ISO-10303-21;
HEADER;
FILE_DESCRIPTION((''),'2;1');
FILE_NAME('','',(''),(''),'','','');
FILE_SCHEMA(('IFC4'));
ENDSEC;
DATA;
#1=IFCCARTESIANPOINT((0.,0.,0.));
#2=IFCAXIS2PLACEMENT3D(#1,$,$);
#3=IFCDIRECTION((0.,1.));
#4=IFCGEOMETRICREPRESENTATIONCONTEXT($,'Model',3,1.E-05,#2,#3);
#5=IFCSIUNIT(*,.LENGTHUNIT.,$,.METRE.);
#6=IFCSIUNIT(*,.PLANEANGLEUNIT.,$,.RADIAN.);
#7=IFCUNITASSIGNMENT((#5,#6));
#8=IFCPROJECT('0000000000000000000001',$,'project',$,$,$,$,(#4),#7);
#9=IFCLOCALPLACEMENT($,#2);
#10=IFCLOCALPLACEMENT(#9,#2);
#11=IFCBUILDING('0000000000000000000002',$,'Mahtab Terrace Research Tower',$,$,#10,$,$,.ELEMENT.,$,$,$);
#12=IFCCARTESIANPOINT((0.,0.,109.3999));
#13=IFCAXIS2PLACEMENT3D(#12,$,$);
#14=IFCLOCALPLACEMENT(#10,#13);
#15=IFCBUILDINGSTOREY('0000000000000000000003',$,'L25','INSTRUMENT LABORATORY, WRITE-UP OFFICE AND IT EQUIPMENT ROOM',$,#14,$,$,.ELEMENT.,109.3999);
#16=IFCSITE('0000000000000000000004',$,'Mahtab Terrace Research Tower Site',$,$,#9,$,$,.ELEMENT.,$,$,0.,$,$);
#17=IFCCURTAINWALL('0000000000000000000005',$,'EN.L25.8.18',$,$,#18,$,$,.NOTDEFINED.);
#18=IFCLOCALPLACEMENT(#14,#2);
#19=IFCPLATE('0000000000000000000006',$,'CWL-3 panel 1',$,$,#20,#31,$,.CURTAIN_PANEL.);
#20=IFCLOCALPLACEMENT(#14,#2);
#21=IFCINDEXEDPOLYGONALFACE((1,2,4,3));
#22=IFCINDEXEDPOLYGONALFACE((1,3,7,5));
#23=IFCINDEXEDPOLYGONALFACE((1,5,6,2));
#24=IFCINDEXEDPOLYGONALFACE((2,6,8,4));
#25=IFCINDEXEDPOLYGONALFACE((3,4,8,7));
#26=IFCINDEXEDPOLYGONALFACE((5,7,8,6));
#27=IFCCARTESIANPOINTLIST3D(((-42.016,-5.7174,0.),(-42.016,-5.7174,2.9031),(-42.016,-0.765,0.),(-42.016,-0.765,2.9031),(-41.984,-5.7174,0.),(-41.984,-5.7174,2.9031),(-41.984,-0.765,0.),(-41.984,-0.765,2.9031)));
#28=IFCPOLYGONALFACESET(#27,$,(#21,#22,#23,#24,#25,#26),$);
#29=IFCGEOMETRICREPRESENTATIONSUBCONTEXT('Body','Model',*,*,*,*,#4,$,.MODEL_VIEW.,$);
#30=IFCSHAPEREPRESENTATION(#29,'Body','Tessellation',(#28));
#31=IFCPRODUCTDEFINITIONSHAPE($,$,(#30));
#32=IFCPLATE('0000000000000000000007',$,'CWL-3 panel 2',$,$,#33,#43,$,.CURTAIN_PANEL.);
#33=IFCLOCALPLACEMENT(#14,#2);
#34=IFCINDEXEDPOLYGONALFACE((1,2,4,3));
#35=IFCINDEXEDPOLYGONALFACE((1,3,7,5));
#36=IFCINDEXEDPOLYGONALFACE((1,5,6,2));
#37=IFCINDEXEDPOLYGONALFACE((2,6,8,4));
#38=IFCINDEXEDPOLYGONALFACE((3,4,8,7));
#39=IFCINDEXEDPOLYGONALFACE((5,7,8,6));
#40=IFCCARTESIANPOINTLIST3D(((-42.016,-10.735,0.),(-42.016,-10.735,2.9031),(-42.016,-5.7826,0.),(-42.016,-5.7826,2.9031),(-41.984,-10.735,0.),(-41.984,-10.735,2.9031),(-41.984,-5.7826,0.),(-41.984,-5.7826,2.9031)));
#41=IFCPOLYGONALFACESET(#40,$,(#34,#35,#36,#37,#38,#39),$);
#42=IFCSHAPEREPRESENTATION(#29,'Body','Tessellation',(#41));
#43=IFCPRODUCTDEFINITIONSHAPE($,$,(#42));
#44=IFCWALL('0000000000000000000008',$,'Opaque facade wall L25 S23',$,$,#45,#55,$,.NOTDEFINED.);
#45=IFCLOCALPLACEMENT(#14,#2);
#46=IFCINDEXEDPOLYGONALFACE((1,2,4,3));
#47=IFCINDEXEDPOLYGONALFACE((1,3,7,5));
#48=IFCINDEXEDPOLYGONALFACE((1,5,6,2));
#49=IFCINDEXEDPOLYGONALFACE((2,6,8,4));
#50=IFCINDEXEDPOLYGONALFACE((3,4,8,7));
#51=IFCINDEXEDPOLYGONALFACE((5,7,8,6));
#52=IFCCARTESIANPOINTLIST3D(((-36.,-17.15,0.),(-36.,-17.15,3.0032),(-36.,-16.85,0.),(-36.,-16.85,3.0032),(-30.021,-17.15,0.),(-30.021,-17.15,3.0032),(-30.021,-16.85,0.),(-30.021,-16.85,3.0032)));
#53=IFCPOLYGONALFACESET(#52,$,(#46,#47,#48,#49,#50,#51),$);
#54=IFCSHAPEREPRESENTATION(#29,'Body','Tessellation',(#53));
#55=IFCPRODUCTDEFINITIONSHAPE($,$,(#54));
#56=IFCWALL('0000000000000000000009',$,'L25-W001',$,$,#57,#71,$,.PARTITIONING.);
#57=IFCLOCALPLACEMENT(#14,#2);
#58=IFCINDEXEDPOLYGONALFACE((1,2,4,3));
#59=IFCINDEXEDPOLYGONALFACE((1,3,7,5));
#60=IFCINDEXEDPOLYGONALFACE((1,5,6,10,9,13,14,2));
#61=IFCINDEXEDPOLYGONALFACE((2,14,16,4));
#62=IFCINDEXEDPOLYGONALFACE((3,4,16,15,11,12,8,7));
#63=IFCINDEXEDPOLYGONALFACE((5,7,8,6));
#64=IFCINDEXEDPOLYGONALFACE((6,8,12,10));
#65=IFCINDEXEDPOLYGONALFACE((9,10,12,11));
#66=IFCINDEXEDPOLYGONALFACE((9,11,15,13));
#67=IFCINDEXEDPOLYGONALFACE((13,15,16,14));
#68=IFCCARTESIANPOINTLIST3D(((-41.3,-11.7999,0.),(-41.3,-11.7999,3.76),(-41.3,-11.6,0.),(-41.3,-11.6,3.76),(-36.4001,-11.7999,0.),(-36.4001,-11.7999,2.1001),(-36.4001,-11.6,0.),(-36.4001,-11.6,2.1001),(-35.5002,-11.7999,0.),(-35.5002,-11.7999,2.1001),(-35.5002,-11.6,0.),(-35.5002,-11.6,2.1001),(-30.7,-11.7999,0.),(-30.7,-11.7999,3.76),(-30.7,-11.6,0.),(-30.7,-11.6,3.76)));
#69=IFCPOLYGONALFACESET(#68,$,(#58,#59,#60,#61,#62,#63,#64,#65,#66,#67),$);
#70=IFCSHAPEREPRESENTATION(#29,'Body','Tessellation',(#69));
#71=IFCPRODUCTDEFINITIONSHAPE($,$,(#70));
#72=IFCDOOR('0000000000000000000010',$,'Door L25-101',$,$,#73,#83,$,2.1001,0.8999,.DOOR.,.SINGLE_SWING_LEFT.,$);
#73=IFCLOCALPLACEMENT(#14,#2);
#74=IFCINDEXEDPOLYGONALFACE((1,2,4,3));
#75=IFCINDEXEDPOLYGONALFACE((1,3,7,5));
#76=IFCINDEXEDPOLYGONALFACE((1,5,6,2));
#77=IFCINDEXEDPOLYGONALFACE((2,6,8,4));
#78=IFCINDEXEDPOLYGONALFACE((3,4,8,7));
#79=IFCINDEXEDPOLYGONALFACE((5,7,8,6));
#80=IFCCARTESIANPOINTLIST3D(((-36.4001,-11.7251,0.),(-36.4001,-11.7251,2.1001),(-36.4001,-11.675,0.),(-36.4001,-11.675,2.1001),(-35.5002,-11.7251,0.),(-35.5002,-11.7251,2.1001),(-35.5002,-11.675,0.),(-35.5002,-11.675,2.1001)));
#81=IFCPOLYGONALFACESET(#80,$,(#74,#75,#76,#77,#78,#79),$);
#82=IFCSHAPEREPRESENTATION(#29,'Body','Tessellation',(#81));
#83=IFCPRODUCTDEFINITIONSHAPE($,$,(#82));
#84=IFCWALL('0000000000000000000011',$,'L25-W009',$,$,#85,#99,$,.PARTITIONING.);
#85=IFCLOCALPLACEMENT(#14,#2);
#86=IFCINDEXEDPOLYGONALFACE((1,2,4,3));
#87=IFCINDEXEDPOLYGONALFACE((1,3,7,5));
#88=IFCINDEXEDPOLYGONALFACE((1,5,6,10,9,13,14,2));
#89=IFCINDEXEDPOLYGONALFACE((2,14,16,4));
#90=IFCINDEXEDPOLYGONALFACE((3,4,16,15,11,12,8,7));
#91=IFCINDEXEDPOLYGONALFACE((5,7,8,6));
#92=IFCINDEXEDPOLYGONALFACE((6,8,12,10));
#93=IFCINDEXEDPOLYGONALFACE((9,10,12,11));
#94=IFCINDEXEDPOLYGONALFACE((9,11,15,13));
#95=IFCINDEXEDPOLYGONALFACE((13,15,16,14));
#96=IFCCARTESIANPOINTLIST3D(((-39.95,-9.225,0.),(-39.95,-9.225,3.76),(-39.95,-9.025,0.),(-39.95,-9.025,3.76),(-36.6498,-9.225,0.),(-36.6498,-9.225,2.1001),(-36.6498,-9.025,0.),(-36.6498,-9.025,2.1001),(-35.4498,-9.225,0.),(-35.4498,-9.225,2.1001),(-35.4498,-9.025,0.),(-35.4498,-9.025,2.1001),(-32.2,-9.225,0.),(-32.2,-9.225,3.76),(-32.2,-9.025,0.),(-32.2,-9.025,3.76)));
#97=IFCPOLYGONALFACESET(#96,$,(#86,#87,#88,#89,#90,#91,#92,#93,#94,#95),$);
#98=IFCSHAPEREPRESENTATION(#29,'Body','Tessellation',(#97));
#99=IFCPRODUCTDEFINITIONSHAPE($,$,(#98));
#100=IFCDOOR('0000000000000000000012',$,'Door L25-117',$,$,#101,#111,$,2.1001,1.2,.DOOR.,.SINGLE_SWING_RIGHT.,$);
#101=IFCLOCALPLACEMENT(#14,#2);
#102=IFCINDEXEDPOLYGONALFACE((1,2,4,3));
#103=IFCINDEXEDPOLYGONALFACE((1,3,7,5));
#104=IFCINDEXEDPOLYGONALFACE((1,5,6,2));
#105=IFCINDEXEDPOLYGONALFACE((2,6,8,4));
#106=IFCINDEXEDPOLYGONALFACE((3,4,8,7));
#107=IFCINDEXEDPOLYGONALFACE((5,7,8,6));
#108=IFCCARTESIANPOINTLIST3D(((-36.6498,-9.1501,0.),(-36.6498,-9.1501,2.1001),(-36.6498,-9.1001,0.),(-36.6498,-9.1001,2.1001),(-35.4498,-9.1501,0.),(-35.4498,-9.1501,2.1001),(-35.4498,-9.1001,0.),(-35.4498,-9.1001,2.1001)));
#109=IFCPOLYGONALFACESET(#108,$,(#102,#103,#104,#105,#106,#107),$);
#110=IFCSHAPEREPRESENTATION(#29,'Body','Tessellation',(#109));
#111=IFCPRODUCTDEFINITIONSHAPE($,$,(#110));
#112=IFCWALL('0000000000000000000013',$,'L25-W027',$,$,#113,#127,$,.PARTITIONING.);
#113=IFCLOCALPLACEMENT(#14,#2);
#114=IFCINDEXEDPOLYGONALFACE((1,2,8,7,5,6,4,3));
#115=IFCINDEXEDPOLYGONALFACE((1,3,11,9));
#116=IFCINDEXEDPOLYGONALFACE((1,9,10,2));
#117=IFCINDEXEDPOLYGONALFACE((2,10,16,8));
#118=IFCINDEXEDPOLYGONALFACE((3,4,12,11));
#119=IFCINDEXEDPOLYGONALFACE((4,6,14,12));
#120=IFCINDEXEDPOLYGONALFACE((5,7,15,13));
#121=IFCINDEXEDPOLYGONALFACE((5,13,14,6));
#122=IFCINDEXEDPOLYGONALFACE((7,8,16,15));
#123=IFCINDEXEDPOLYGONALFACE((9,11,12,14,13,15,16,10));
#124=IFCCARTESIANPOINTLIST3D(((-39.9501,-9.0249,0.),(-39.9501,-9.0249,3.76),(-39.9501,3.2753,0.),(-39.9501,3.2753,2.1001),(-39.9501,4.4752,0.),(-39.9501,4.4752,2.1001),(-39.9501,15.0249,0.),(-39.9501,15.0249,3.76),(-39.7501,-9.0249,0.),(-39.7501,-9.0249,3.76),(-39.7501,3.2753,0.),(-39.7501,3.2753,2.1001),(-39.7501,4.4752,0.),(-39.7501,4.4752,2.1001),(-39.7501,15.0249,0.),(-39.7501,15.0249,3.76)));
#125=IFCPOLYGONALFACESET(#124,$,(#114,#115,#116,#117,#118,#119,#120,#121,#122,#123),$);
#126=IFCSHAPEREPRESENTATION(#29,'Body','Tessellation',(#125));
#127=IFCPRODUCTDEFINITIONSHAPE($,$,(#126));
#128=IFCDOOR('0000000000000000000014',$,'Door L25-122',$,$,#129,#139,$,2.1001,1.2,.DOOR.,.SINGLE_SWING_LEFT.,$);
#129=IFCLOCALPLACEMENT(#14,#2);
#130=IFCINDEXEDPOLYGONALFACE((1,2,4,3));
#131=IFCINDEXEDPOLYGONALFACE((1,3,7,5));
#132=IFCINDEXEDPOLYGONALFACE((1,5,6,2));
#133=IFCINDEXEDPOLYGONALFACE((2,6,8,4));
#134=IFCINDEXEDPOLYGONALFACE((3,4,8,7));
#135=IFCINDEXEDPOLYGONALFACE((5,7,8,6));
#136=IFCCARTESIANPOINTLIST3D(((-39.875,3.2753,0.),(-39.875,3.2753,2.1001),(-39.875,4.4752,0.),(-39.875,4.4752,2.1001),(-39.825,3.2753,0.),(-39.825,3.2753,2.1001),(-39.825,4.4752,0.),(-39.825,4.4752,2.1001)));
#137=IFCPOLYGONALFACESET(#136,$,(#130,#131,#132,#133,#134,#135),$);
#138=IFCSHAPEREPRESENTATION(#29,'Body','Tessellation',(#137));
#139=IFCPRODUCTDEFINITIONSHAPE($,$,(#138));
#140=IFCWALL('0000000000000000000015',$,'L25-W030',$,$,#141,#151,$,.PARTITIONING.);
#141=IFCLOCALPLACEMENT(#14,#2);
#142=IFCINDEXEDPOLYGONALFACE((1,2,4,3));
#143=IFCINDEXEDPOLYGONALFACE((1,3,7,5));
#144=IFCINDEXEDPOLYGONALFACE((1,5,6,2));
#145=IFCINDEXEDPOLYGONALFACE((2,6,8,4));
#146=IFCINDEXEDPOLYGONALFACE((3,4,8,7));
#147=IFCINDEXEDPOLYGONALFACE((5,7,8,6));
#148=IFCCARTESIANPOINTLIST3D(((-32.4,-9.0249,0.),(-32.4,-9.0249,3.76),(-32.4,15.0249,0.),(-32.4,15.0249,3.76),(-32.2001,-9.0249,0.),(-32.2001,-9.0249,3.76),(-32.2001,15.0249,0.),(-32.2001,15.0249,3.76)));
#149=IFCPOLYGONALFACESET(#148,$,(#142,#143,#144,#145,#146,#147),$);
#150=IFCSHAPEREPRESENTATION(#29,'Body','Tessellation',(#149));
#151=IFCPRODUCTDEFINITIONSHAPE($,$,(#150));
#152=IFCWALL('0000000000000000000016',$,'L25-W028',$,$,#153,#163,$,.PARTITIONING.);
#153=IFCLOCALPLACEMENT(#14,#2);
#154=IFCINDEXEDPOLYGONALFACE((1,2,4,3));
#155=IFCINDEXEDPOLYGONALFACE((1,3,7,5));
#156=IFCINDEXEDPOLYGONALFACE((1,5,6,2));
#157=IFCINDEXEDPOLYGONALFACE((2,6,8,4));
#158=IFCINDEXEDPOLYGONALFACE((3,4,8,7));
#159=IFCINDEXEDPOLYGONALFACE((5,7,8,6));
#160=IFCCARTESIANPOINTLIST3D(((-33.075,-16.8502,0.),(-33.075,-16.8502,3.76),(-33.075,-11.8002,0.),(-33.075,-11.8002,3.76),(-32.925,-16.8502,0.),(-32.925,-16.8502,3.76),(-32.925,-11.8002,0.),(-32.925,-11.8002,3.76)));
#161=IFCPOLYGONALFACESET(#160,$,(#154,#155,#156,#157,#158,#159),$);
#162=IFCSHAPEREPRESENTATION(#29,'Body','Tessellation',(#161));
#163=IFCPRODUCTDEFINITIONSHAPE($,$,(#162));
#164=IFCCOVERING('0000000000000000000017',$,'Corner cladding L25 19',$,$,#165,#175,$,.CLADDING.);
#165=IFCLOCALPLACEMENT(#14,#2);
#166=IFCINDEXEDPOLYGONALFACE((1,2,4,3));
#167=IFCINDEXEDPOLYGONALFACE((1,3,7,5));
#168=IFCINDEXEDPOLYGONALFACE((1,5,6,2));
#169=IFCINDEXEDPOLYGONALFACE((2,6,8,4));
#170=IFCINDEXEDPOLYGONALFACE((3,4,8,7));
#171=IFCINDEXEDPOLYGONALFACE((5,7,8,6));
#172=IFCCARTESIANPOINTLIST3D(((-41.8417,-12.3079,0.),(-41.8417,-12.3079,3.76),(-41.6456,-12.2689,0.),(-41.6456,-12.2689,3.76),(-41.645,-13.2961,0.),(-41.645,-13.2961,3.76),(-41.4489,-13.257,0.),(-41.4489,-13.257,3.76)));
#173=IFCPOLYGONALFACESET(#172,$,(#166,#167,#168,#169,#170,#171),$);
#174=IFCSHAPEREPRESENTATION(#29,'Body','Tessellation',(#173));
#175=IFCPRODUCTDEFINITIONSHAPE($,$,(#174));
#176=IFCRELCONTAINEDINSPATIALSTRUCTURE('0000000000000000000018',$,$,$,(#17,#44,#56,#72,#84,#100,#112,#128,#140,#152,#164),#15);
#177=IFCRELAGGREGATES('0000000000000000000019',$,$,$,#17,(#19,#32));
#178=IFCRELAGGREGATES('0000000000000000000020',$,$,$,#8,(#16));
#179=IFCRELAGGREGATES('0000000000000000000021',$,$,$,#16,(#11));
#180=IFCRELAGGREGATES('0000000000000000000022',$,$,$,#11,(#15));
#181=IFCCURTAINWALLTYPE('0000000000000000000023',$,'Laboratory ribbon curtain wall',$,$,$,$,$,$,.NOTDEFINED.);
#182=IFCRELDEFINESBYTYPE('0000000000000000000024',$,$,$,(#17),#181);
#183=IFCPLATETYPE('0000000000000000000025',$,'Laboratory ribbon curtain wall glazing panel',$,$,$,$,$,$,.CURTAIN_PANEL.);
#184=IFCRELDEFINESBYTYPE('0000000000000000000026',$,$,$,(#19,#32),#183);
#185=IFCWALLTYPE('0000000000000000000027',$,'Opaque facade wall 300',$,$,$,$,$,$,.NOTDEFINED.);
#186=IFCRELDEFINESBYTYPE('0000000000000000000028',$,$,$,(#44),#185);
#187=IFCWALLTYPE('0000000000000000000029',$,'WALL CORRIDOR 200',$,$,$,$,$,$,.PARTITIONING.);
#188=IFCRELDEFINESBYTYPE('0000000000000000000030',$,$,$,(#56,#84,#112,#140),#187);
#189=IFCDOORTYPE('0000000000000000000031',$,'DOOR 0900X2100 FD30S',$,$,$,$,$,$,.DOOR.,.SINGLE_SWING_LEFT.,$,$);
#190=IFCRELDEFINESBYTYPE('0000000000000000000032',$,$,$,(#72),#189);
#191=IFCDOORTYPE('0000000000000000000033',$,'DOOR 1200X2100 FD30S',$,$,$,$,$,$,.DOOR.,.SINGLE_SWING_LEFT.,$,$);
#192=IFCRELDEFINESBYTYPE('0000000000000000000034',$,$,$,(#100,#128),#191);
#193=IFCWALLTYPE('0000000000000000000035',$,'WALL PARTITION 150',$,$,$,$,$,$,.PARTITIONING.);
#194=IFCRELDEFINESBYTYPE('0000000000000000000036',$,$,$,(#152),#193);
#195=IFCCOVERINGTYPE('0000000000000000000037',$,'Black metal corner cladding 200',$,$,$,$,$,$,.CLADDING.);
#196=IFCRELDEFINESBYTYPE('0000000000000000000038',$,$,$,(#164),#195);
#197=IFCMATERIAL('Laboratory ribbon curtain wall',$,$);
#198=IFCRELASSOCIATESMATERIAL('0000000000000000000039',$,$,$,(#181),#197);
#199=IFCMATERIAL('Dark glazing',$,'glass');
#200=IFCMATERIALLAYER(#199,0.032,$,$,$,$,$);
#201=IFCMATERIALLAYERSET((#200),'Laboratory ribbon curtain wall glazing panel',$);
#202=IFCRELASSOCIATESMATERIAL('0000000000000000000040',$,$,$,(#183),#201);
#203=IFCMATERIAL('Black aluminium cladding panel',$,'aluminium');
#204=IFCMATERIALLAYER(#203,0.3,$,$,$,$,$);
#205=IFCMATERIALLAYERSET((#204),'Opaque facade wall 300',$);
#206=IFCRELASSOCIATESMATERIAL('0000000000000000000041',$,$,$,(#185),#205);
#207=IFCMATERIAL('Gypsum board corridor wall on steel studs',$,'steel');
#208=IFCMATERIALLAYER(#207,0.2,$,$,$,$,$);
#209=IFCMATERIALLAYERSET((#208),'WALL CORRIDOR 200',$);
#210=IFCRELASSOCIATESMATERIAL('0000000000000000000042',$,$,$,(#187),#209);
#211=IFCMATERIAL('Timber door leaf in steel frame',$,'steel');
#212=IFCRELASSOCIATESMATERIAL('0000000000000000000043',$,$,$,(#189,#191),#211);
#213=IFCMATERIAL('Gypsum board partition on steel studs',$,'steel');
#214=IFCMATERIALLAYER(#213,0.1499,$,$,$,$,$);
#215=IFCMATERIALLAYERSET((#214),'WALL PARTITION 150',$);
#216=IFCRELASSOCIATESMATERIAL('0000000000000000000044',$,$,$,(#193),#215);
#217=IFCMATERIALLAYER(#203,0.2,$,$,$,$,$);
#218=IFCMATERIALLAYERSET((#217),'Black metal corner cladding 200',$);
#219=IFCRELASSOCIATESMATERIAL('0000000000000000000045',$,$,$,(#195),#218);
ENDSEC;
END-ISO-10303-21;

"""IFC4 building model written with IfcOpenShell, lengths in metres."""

from ifc_helpers import new_model, si_unit, direction, frame, frame_2d, origin, origin_2d, place, context, subcontext, project, spatial, rectangle, extrude, material, layer, layer_set, type_object, element, fill, aggregate, save


model = new_model("IFC4")

# Units and contexts
model_context = context("Model", 3, precision=1e-05, world=origin(), true_north=direction((0.0, 1.0)))
body_context = subcontext(model_context, "Body", "Model", "MODEL_VIEW")
ifc_project = project(units=[si_unit("LENGTHUNIT", "METRE"), si_unit("PLANEANGLEUNIT", "RADIAN")], contexts=[model_context])

# Site, building, storey
site_placement = place(None, origin())
site = spatial("IfcSite", under=ifc_project, at=site_placement, Name="Mahtab Terrace Research Tower Site", CompositionType="ELEMENT", RefElevation=0.0)
building_placement = place(site_placement, origin())
building = spatial("IfcBuilding", under=site, at=building_placement, Name="Mahtab Terrace Research Tower", CompositionType="ELEMENT")
storey_placement = place(building_placement, frame((0.0, 0.0, 109.3999)))
storey = spatial("IfcBuildingStorey", under=building, at=storey_placement, Name="L25", Description="INSTRUMENT LABORATORY, WRITE-UP OFFICE AND IT EQUIPMENT ROOM", CompositionType="ELEMENT", Elevation=109.3999)

# Curtain wall
ifc_material_1 = material(Name="Laboratory ribbon curtain wall")
curtain_wall_type = type_object("IfcCurtainWallType", Name="Laboratory ribbon curtain wall", PredefinedType="NOTDEFINED", material=ifc_material_1)
curtain_wall_placement = place(storey_placement, origin())
curtain_wall = element("IfcCurtainWall", 1, at=curtain_wall_placement, inside=storey, type_object=curtain_wall_type, Name="EN.L25.8.18", PredefinedType="NOTDEFINED")

# Plates
ifc_material_2 = material(Name="Dark glazing", Category="glass")
ifc_layer_1 = layer(ifc_material_2, 0.032)
ifc_layer_set_1 = layer_set([ifc_layer_1], Name="Laboratory ribbon curtain wall glazing panel")
plate_type = type_object("IfcPlateType", Name="Laboratory ribbon curtain wall glazing panel", PredefinedType="CURTAIN_PANEL", material=ifc_layer_set_1)
plate_1_placement = place(storey_placement, frame((-42.0, -3.2412, 0.0), z_axis=(0.0, 0.0, 1.0), x_axis=(0.0, -1.0, 0.0)))
plate_1 = element("IfcPlate", 2, at=plate_1_placement, type_object=plate_type, Name="CWL-3 panel 1", PredefinedType="CURTAIN_PANEL", context=body_context, shape_type="SweptSolid", body=[
    extrude(rectangle(XDim=4.9524, YDim=0.032, at=origin_2d()), origin(), (0.0, 0.0, 1.0), 2.9031),
])
plate_2_placement = place(storey_placement, frame((-42.0, -8.2588, 0.0), z_axis=(0.0, 0.0, 1.0), x_axis=(0.0, -1.0, 0.0)))
plate_2 = element("IfcPlate", 3, at=plate_2_placement, type_object=plate_type, Name="CWL-3 panel 2", PredefinedType="CURTAIN_PANEL", context=body_context, shape_type="SweptSolid", body=[
    extrude(rectangle(XDim=4.9524, YDim=0.032, at=origin_2d()), origin(), (0.0, 0.0, 1.0), 2.9031),
])
aggregate(curtain_wall, [plate_1, plate_2])

# Wall
ifc_material_3 = material(Name="Black aluminium cladding panel", Category="aluminium")
ifc_layer_2 = layer(ifc_material_3, 0.3)
ifc_layer_set_2 = layer_set([ifc_layer_2], Name="Opaque facade wall 300")
wall_type_1 = type_object("IfcWallType", Name="Opaque facade wall 300", PredefinedType="NOTDEFINED", material=ifc_layer_set_2)
wall_1_placement = place(storey_placement, frame((-36.0, -17.0, 0.0), z_axis=(0.0, 0.0, 1.0), x_axis=(1.0, 0.0, 0.0)))
element("IfcWall", 4, at=wall_1_placement, inside=storey, type_object=wall_type_1, Name="Opaque facade wall L25 S23", PredefinedType="NOTDEFINED", context=body_context, shape_type="SweptSolid", body=[
    extrude(rectangle(XDim=5.979, YDim=0.3, at=frame_2d((2.9895, 0.0))), origin(), (0.0, 0.0, 1.0), 3.0032),
])

# Walls, openings, doors
ifc_material_4 = material(Name="Gypsum board corridor wall on steel studs", Category="steel")
ifc_layer_3 = layer(ifc_material_4, 0.2)
ifc_layer_set_3 = layer_set([ifc_layer_3], Name="WALL CORRIDOR 200")
wall_type_2 = type_object("IfcWallType", Name="WALL CORRIDOR 200", PredefinedType="PARTITIONING", material=ifc_layer_set_3)
wall_2_placement = place(storey_placement, frame((-41.3, -11.7, 0.0), z_axis=(0.0, 0.0, 1.0), x_axis=(1.0, 0.0, 0.0)))
wall_2 = element("IfcWall", 5, at=wall_2_placement, inside=storey, type_object=wall_type_2, Name="L25-W001", PredefinedType="PARTITIONING", context=body_context, shape_type="SweptSolid", body=[
    extrude(rectangle(XDim=10.6001, YDim=0.2, at=frame_2d((5.3, 0.0))), origin(), (0.0, 0.0, 1.0), 3.76),
])
opening_1_placement = place(wall_2_placement, frame((4.8999, 0.0, 0.0)))
opening_1 = element("IfcOpeningElement", 6, at=opening_1_placement, cuts=wall_2, PredefinedType="OPENING", context=body_context, shape_type="SweptSolid", body=[
    extrude(rectangle(XDim=0.8999, YDim=2.1001, at=frame_2d((0.45, 1.05))), frame((0.0, 0.1099, 0.0), z_axis=(0.0, -1.0, 0.0), x_axis=(1.0, 0.0, 0.0)), (0.0, 0.0, 1.0), 0.22),
])
ifc_material_5 = material(Name="Timber door leaf in steel frame", Category="steel")
door_type_1 = type_object("IfcDoorType", Name="DOOR 0900X2100 FD30S", OperationType="SINGLE_SWING_LEFT", PredefinedType="DOOR", material=ifc_material_5)
door_1_placement = place(opening_1_placement, origin())
door_1 = element("IfcDoor", 7, at=door_1_placement, inside=storey, type_object=door_type_1, Name="Door L25-101", OperationType="SINGLE_SWING_LEFT", OverallHeight=2.1001, OverallWidth=0.8999, PredefinedType="DOOR", context=body_context, shape_type="SweptSolid", body=[
    extrude(rectangle(XDim=0.8999, YDim=2.1001, at=frame_2d((0.45, 1.05))), frame((0.0, 0.0249, 0.0), z_axis=(0.0, -1.0, 0.0), x_axis=(1.0, 0.0, 0.0)), (0.0, 0.0, 1.0), 0.05),
])
fill(opening_1, door_1)
wall_3_placement = place(storey_placement, frame((-39.95, -9.125, 0.0), z_axis=(0.0, 0.0, 1.0), x_axis=(1.0, 0.0, 0.0)))
wall_3 = element("IfcWall", 8, at=wall_3_placement, inside=storey, type_object=wall_type_2, Name="L25-W009", PredefinedType="PARTITIONING", context=body_context, shape_type="SweptSolid", body=[
    extrude(rectangle(XDim=7.75, YDim=0.2, at=frame_2d((3.875, 0.0))), origin(), (0.0, 0.0, 1.0), 3.76),
])
opening_2_placement = place(wall_3_placement, frame((3.3, 0.0, 0.0)))
opening_2 = element("IfcOpeningElement", 9, at=opening_2_placement, cuts=wall_3, PredefinedType="OPENING", context=body_context, shape_type="SweptSolid", body=[
    extrude(rectangle(XDim=1.2, YDim=2.1001, at=frame_2d((0.6001, 1.05))), frame((0.0, 0.1099, 0.0), z_axis=(0.0, -1.0, 0.0), x_axis=(1.0, 0.0, 0.0)), (0.0, 0.0, 1.0), 0.22),
])
door_type_2 = type_object("IfcDoorType", Name="DOOR 1200X2100 FD30S", OperationType="SINGLE_SWING_LEFT", PredefinedType="DOOR", material=ifc_material_5)
door_2_placement = place(opening_2_placement, origin())
door_2 = element("IfcDoor", 10, at=door_2_placement, inside=storey, type_object=door_type_2, Name="Door L25-117", OperationType="SINGLE_SWING_RIGHT", OverallHeight=2.1001, OverallWidth=1.2, PredefinedType="DOOR", context=body_context, shape_type="SweptSolid", body=[
    extrude(rectangle(XDim=1.2, YDim=2.1001, at=frame_2d((0.6001, 1.05))), frame((0.0, 0.0249, 0.0), z_axis=(0.0, -1.0, 0.0), x_axis=(1.0, 0.0, 0.0)), (0.0, 0.0, 1.0), 0.05),
])
fill(opening_2, door_2)
wall_4_placement = place(storey_placement, frame((-39.8501, -9.0249, 0.0), z_axis=(0.0, 0.0, 1.0), x_axis=(0.0, 1.0, 0.0)))
wall_4 = element("IfcWall", 11, at=wall_4_placement, inside=storey, type_object=wall_type_2, Name="L25-W027", PredefinedType="PARTITIONING", context=body_context, shape_type="SweptSolid", body=[
    extrude(rectangle(XDim=24.0498, YDim=0.2, at=frame_2d((12.0249, 0.0))), origin(), (0.0, 0.0, 1.0), 3.76),
])
opening_3_placement = place(wall_4_placement, frame((12.3, 0.0, 0.0)))
opening_3 = element("IfcOpeningElement", 12, at=opening_3_placement, cuts=wall_4, PredefinedType="OPENING", context=body_context, shape_type="SweptSolid", body=[
    extrude(rectangle(XDim=1.2, YDim=2.1001, at=frame_2d((0.6001, 1.05))), frame((0.0, 0.1099, 0.0), z_axis=(0.0, -1.0, 0.0), x_axis=(1.0, 0.0, 0.0)), (0.0, 0.0, 1.0), 0.22),
])
door_3_placement = place(opening_3_placement, origin())
door_3 = element("IfcDoor", 13, at=door_3_placement, inside=storey, type_object=door_type_2, Name="Door L25-122", OperationType="SINGLE_SWING_LEFT", OverallHeight=2.1001, OverallWidth=1.2, PredefinedType="DOOR", context=body_context, shape_type="SweptSolid", body=[
    extrude(rectangle(XDim=1.2, YDim=2.1001, at=frame_2d((0.6001, 1.05))), frame((0.0, 0.0249, 0.0), z_axis=(0.0, -1.0, 0.0), x_axis=(1.0, 0.0, 0.0)), (0.0, 0.0, 1.0), 0.05),
])
fill(opening_3, door_3)

# Walls
wall_5_placement = place(storey_placement, frame((-32.3, -9.0249, 0.0), z_axis=(0.0, 0.0, 1.0), x_axis=(0.0, 1.0, 0.0)))
element("IfcWall", 14, at=wall_5_placement, inside=storey, type_object=wall_type_2, Name="L25-W030", PredefinedType="PARTITIONING", context=body_context, shape_type="SweptSolid", body=[
    extrude(rectangle(XDim=24.0498, YDim=0.2, at=frame_2d((12.0249, 0.0))), origin(), (0.0, 0.0, 1.0), 3.76),
])
ifc_material_6 = material(Name="Gypsum board partition on steel studs", Category="steel")
ifc_layer_4 = layer(ifc_material_6, 0.1499)
ifc_layer_set_4 = layer_set([ifc_layer_4], Name="WALL PARTITION 150")
wall_type_3 = type_object("IfcWallType", Name="WALL PARTITION 150", PredefinedType="PARTITIONING", material=ifc_layer_set_4)
wall_6_placement = place(storey_placement, frame((-33.0, -16.8501, 0.0), z_axis=(0.0, 0.0, 1.0), x_axis=(0.0, 1.0, 0.0)))
element("IfcWall", 15, at=wall_6_placement, inside=storey, type_object=wall_type_3, Name="L25-W028", PredefinedType="PARTITIONING", context=body_context, shape_type="SweptSolid", body=[
    extrude(rectangle(XDim=5.05, YDim=0.1499, at=frame_2d((2.5249, 0.0))), origin(), (0.0, 0.0, 1.0), 3.76),
])

# Covering
ifc_layer_5 = layer(ifc_material_3, 0.2)
ifc_layer_set_5 = layer_set([ifc_layer_5], Name="Black metal corner cladding 200")
covering_type = type_object("IfcCoveringType", Name="Black metal corner cladding 200", PredefinedType="CLADDING", material=ifc_layer_set_5)
covering_placement = place(storey_placement, frame((-41.6453, -12.7825, 0.0), z_axis=(0.0, 0.0, 1.0), x_axis=(0.195212, -0.980761, 0.0)))
element("IfcCovering", 16, at=covering_placement, inside=storey, type_object=covering_type, Name="Corner cladding L25 19", PredefinedType="CLADDING", context=body_context, shape_type="SweptSolid", body=[
    extrude(rectangle(XDim=1.0076, YDim=0.2, at=origin_2d()), origin(), (0.0, 0.0, 1.0), 3.76),
])

save(model, "model.ifc")
